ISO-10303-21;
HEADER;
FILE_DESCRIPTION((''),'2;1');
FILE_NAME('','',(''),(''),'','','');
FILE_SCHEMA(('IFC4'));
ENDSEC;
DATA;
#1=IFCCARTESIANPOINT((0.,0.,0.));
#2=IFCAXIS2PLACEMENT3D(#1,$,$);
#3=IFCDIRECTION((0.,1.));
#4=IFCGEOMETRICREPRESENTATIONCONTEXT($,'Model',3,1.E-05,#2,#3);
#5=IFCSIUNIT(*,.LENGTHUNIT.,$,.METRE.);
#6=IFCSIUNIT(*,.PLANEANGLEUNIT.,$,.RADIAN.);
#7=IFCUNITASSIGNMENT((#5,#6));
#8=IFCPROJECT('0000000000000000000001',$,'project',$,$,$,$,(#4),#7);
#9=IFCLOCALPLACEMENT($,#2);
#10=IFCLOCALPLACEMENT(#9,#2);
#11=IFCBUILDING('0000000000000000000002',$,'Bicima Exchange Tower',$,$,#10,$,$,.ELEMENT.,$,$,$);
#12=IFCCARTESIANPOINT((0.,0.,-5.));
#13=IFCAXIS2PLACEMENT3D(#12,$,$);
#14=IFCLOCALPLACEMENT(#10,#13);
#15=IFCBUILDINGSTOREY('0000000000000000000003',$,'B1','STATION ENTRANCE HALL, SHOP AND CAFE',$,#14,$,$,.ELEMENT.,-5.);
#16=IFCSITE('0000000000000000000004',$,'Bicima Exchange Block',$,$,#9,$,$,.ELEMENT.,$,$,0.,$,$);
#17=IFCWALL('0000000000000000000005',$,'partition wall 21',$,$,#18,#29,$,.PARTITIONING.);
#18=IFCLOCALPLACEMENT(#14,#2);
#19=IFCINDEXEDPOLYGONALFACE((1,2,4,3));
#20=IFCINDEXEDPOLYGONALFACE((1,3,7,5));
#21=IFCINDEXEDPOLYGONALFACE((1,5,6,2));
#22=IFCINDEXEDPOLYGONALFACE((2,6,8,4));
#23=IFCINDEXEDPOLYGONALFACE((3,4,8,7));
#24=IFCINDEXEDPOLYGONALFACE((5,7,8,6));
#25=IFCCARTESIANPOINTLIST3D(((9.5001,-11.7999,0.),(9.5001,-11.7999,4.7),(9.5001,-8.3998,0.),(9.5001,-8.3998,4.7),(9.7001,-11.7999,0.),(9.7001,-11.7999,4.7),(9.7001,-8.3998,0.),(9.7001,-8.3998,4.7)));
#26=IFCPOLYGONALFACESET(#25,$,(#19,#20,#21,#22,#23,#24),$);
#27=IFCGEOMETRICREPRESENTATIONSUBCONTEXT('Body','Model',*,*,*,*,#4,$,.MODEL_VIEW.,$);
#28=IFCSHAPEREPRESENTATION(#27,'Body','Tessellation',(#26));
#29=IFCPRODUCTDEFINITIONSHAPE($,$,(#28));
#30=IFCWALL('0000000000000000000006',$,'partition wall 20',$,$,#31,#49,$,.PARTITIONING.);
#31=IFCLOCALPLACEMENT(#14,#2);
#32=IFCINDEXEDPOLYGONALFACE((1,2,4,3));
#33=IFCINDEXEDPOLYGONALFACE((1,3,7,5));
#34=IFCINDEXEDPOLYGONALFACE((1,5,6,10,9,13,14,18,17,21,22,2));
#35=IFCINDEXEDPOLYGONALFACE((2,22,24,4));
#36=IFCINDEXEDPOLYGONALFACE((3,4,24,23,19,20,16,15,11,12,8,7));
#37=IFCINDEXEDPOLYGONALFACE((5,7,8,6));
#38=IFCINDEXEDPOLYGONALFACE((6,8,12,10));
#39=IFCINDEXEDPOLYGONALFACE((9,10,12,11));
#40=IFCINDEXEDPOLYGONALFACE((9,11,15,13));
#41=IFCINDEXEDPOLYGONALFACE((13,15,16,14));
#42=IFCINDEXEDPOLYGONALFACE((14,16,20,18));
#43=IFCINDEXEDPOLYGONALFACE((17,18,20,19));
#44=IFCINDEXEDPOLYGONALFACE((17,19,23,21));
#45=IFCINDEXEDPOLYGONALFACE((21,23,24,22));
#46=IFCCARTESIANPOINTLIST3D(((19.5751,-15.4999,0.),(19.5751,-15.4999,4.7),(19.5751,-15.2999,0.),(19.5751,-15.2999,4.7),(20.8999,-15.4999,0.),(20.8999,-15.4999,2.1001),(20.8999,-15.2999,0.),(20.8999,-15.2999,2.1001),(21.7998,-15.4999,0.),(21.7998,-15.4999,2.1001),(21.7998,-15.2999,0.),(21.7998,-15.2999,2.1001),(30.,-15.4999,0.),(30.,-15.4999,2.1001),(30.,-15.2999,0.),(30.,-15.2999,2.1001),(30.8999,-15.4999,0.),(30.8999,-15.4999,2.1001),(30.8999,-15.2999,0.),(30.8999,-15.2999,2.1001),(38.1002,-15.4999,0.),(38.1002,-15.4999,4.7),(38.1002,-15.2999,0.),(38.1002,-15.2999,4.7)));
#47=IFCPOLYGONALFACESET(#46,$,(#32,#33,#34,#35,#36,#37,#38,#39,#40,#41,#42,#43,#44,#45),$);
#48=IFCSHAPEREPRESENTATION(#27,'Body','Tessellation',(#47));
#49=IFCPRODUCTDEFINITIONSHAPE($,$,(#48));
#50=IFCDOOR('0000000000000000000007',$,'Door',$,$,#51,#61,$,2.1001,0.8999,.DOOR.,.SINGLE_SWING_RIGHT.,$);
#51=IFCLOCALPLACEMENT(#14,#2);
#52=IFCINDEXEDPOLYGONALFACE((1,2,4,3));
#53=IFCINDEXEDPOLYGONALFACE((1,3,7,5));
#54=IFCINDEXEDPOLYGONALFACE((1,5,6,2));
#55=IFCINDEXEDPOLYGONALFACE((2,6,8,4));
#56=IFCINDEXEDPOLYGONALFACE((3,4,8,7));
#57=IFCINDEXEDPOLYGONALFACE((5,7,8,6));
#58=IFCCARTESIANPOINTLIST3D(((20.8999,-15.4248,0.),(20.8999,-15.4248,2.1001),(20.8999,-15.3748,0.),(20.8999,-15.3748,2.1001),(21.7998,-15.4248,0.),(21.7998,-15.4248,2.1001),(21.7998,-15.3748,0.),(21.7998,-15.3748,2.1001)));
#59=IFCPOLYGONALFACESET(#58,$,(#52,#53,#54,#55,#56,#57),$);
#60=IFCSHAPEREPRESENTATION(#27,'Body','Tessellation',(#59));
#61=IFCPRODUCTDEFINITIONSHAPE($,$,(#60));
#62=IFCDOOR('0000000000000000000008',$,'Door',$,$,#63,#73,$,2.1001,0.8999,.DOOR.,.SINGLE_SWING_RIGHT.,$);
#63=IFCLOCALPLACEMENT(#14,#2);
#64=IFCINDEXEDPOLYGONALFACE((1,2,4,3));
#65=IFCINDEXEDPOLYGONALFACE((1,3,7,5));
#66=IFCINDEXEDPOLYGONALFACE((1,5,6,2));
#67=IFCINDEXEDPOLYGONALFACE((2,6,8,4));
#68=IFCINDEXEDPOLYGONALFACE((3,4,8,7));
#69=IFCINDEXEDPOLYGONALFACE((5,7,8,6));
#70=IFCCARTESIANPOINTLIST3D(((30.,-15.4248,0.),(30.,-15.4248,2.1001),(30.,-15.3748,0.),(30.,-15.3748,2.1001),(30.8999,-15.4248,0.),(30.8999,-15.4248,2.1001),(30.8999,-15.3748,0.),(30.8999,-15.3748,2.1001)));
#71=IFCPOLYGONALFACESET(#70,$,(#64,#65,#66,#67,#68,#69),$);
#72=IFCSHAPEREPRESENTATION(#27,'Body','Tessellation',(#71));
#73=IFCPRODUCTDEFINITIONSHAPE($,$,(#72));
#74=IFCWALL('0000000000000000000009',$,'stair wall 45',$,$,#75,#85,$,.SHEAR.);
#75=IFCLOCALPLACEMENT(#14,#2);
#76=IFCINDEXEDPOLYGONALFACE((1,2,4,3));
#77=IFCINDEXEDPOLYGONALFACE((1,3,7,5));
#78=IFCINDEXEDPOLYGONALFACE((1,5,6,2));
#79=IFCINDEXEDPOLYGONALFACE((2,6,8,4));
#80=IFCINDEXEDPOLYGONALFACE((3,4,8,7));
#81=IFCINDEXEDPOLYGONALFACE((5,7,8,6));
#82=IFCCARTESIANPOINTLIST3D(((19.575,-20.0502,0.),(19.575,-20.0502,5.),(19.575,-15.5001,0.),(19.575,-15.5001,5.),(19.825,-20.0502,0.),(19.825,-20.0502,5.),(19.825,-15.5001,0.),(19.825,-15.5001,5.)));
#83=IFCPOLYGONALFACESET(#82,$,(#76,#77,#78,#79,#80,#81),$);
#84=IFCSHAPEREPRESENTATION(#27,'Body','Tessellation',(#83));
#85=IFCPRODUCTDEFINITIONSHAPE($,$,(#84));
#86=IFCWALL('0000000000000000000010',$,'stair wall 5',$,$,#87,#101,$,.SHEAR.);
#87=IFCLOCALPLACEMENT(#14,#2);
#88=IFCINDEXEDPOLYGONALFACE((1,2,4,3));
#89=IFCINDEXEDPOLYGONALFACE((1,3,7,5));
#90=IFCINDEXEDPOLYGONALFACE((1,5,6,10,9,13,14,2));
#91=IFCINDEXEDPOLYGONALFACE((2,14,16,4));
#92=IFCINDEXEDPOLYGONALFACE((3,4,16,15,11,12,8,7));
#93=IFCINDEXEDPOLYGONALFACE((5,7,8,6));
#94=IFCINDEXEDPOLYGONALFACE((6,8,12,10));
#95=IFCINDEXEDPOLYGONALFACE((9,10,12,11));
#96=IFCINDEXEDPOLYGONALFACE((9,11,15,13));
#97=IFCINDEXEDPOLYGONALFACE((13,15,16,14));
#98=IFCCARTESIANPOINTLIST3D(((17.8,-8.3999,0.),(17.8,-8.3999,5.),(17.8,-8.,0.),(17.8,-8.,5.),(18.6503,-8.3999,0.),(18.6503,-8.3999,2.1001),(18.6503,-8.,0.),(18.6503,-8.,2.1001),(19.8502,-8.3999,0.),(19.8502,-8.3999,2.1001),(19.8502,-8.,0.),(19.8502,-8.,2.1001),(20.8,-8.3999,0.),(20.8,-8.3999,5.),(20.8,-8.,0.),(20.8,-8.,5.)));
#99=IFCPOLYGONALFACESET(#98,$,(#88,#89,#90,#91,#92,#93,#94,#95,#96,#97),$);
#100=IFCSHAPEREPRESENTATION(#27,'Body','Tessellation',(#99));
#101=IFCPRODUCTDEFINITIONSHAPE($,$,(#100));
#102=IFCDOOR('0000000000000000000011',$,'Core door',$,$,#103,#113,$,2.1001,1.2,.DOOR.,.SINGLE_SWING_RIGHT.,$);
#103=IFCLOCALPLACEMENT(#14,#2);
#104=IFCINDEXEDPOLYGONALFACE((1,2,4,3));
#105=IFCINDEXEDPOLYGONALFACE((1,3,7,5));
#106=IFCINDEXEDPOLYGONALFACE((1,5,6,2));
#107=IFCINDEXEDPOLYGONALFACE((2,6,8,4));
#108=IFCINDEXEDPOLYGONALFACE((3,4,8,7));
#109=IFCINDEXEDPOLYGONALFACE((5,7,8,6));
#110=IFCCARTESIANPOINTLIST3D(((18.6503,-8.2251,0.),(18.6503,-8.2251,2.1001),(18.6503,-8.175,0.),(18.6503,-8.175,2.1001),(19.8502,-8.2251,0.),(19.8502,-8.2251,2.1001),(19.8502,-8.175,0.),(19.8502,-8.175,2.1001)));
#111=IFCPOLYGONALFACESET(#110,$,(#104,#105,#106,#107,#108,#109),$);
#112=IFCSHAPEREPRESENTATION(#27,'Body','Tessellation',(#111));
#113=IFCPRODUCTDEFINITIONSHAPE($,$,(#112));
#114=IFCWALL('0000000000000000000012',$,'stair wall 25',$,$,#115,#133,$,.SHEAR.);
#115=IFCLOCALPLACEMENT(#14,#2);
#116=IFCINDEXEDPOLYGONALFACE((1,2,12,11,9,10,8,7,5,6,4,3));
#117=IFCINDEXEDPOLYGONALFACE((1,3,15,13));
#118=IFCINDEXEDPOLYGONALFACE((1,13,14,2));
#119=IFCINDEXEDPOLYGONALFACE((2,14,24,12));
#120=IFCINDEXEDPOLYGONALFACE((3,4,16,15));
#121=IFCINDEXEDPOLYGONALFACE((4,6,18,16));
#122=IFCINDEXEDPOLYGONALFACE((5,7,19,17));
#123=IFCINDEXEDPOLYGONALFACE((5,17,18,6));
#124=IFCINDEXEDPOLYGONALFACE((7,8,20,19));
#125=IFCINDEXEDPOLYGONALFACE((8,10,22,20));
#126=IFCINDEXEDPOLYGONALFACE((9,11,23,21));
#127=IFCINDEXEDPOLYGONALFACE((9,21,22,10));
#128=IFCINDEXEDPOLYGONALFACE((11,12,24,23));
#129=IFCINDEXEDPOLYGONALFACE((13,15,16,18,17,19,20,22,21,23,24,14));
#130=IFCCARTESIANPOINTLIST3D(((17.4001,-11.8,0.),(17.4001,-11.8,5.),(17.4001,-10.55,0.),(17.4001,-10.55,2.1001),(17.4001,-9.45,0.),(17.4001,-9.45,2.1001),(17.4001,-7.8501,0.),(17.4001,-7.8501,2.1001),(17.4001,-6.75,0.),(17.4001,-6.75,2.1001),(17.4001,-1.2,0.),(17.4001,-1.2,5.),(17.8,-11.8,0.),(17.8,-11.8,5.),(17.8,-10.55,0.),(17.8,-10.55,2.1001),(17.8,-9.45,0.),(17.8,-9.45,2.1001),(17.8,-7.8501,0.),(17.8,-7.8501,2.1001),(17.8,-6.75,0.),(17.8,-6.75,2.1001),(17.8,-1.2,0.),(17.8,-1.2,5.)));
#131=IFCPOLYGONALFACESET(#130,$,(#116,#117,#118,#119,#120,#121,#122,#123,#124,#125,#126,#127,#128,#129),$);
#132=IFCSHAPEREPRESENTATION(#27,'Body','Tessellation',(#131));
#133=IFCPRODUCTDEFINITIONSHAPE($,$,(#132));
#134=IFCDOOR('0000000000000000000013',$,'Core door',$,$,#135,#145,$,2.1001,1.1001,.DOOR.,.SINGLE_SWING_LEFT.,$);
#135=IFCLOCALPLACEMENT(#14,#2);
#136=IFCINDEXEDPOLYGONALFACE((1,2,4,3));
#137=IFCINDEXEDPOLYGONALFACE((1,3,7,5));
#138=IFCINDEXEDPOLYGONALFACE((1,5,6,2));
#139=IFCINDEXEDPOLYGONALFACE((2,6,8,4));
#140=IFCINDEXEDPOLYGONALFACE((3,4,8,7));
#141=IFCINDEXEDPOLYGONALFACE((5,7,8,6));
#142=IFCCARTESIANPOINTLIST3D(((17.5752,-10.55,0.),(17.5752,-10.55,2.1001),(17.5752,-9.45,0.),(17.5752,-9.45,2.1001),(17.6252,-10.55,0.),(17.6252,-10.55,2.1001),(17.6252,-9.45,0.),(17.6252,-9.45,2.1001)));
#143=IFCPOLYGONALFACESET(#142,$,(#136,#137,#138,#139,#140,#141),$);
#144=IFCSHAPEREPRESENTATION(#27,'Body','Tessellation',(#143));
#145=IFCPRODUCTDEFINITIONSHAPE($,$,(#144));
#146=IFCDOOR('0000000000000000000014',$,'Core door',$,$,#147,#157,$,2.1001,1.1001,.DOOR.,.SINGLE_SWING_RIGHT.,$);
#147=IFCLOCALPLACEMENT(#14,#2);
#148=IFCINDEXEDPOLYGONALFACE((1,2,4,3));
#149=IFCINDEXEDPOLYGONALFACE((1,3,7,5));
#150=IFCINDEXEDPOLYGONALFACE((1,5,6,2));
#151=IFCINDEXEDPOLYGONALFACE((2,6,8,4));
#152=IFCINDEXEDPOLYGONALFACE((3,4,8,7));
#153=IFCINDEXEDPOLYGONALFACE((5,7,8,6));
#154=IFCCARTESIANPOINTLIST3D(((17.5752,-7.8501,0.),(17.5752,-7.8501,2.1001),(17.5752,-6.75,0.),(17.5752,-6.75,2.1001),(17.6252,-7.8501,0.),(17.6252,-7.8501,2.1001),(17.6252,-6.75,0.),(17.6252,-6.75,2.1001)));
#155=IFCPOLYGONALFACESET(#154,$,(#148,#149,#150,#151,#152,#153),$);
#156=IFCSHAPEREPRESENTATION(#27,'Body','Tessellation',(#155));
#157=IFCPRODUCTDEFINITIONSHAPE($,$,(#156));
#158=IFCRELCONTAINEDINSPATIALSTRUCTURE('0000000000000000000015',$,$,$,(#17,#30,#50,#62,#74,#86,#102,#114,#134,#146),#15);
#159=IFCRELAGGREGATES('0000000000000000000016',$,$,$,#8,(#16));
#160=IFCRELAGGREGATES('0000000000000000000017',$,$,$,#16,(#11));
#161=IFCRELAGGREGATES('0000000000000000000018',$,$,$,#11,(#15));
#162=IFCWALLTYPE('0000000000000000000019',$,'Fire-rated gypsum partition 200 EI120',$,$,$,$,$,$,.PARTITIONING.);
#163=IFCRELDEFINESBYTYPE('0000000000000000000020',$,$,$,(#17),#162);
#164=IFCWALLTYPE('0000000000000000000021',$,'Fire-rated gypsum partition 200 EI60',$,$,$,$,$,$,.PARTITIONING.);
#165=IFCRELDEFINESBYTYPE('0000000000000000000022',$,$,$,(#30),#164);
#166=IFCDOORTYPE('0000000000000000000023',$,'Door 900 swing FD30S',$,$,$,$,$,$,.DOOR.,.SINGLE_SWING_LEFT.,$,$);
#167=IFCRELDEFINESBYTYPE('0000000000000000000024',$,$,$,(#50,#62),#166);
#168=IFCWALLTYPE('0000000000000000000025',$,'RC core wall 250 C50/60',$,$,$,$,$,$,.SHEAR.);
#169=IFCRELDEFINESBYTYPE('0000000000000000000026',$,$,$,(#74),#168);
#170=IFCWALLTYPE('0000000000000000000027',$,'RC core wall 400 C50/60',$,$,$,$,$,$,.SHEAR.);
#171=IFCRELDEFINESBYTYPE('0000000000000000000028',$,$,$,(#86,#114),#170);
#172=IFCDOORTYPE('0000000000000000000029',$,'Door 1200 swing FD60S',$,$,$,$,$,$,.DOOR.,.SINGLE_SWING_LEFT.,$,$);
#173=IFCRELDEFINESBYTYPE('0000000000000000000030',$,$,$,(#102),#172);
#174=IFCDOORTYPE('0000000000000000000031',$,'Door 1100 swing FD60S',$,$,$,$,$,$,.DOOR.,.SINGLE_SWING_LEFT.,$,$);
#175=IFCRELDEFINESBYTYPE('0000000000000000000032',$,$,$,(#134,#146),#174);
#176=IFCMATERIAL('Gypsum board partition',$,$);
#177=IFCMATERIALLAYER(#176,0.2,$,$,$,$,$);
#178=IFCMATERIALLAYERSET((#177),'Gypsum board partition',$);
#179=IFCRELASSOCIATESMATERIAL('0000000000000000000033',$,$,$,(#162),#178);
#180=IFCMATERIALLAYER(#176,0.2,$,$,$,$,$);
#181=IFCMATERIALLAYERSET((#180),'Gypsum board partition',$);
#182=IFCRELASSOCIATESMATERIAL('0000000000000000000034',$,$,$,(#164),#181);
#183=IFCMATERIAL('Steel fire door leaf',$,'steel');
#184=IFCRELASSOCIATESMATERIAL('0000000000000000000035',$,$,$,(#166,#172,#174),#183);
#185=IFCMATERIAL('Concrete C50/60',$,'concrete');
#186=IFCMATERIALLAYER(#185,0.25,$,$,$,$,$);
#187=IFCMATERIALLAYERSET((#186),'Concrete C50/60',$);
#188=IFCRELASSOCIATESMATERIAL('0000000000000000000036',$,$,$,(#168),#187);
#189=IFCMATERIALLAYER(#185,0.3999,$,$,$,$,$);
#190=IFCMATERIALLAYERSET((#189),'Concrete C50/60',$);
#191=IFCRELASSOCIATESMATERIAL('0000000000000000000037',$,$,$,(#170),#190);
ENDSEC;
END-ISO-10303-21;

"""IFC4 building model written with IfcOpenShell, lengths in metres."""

from ifc_helpers import new_model, si_unit, direction, frame, frame_2d, origin, place, context, subcontext, project, spatial, rectangle, extrude, material, layer, layer_set, type_object, element, fill, save


model = new_model("IFC4")

# Units and contexts
model_context = context("Model", 3, precision=1e-05, world=origin(), true_north=direction((0.0, 1.0)))
body_context = subcontext(model_context, "Body", "Model", "MODEL_VIEW")
ifc_project = project(units=[si_unit("LENGTHUNIT", "METRE"), si_unit("PLANEANGLEUNIT", "RADIAN")], contexts=[model_context])

# Site, building, storey
site_placement = place(None, origin())
site = spatial("IfcSite", under=ifc_project, at=site_placement, Name="Bicima Exchange Block", CompositionType="ELEMENT", RefElevation=0.0)
building_placement = place(site_placement, origin())
building = spatial("IfcBuilding", under=site, at=building_placement, Name="Bicima Exchange Tower", CompositionType="ELEMENT")
storey_placement = place(building_placement, frame((0.0, 0.0, -5.0)))
storey = spatial("IfcBuildingStorey", under=building, at=storey_placement, Name="B1", Description="STATION ENTRANCE HALL, SHOP AND CAFE", CompositionType="ELEMENT", Elevation=-5.0)

# Wall
ifc_material_1 = material(Name="Gypsum board partition")
ifc_layer_1 = layer(ifc_material_1, 0.2)
ifc_layer_set_1 = layer_set([ifc_layer_1], Name="Gypsum board partition")
wall_type_1 = type_object("IfcWallType", Name="Fire-rated gypsum partition 200 EI120", PredefinedType="PARTITIONING", material=ifc_layer_set_1)
wall_1_placement = place(storey_placement, frame((9.6001, -11.8, 0.0), z_axis=(0.0, 0.0, 1.0), x_axis=(0.0, 1.0, 0.0)))
element("IfcWall", 1, at=wall_1_placement, inside=storey, type_object=wall_type_1, Name="partition wall 21", PredefinedType="PARTITIONING", context=body_context, shape_type="SweptSolid", body=[
    extrude(rectangle(XDim=3.4001, YDim=0.2, at=frame_2d((1.7002, 0.0))), origin(), (0.0, 0.0, 1.0), 4.7),
])

# Wall, openings, doors
ifc_layer_2 = layer(ifc_material_1, 0.2)
ifc_layer_set_2 = layer_set([ifc_layer_2], Name="Gypsum board partition")
wall_type_2 = type_object("IfcWallType", Name="Fire-rated gypsum partition 200 EI60", PredefinedType="PARTITIONING", material=ifc_layer_set_2)
wall_2_placement = place(storey_placement, frame((19.575, -15.3999, 0.0), z_axis=(0.0, 0.0, 1.0), x_axis=(1.0, 0.0, 0.0)))
wall_2 = element("IfcWall", 2, at=wall_2_placement, inside=storey, type_object=wall_type_2, Name="partition wall 20", PredefinedType="PARTITIONING", context=body_context, shape_type="SweptSolid", body=[
    extrude(rectangle(XDim=18.5251, YDim=0.2, at=frame_2d((9.2627, 0.0))), origin(), (0.0, 0.0, 1.0), 4.7),
])
opening_1_placement = place(wall_2_placement, frame((1.325, 0.0, 0.0)))
opening_1 = element("IfcOpeningElement", 3, at=opening_1_placement, cuts=wall_2, PredefinedType="OPENING", context=body_context, shape_type="SweptSolid", body=[
    extrude(rectangle(XDim=0.8999, YDim=2.1001, at=frame_2d((0.45, 1.05))), frame((0.0, 0.1118, 0.0), z_axis=(0.0, -1.0, 0.0), x_axis=(1.0, 0.0, 0.0)), (0.0, 0.0, 1.0), 0.2239),
])
opening_2_placement = place(wall_2_placement, frame((10.425, 0.0, 0.0)))
opening_2 = element("IfcOpeningElement", 4, at=opening_2_placement, cuts=wall_2, PredefinedType="OPENING", context=body_context, shape_type="SweptSolid", body=[
    extrude(rectangle(XDim=0.8999, YDim=2.1001, at=frame_2d((0.45, 1.05))), frame((0.0, 0.1118, 0.0), z_axis=(0.0, -1.0, 0.0), x_axis=(1.0, 0.0, 0.0)), (0.0, 0.0, 1.0), 0.2239),
])
ifc_material_2 = material(Name="Steel fire door leaf", Category="steel")
door_type_1 = type_object("IfcDoorType", Name="Door 900 swing FD30S", OperationType="SINGLE_SWING_LEFT", PredefinedType="DOOR", material=ifc_material_2)
door_1_placement = place(opening_1_placement, frame((0.8999, 0.0, 0.0), z_axis=(0.0, 0.0, 1.0), x_axis=(-1.0, 0.0, 0.0)))
door_1 = element("IfcDoor", 5, at=door_1_placement, inside=storey, type_object=door_type_1, Name="Door", OperationType="SINGLE_SWING_RIGHT", OverallHeight=2.1001, OverallWidth=0.8999, PredefinedType="DOOR", context=body_context, shape_type="SweptSolid", body=[
    extrude(rectangle(XDim=0.8999, YDim=2.1001, at=frame_2d((0.45, 1.05))), frame((0.0, 0.0249, 0.0), z_axis=(0.0, -1.0, 0.0), x_axis=(1.0, 0.0, 0.0)), (0.0, 0.0, 1.0), 0.05),
])
fill(opening_1, door_1)
door_2_placement = place(opening_2_placement, frame((0.8999, 0.0, 0.0), z_axis=(0.0, 0.0, 1.0), x_axis=(-1.0, 0.0, 0.0)))
door_2 = element("IfcDoor", 6, at=door_2_placement, inside=storey, type_object=door_type_1, Name="Door", OperationType="SINGLE_SWING_RIGHT", OverallHeight=2.1001, OverallWidth=0.8999, PredefinedType="DOOR", context=body_context, shape_type="SweptSolid", body=[
    extrude(rectangle(XDim=0.8999, YDim=2.1001, at=frame_2d((0.45, 1.05))), frame((0.0, 0.0249, 0.0), z_axis=(0.0, -1.0, 0.0), x_axis=(1.0, 0.0, 0.0)), (0.0, 0.0, 1.0), 0.05),
])
fill(opening_2, door_2)

# Wall
ifc_material_3 = material(Name="Concrete C50/60", Category="concrete")
ifc_layer_3 = layer(ifc_material_3, 0.25)
ifc_layer_set_3 = layer_set([ifc_layer_3], Name="Concrete C50/60")
wall_type_3 = type_object("IfcWallType", Name="RC core wall 250 C50/60", PredefinedType="SHEAR", material=ifc_layer_set_3)
wall_3_placement = place(storey_placement, frame((19.7, -20.05, 0.0), z_axis=(0.0, 0.0, 1.0), x_axis=(0.0, 1.0, 0.0)))
element("IfcWall", 7, at=wall_3_placement, inside=storey, type_object=wall_type_3, Name="stair wall 45", PredefinedType="SHEAR", context=body_context, shape_type="SweptSolid", body=[
    extrude(rectangle(XDim=4.55, YDim=0.25, at=frame_2d((2.2749, 0.0))), origin(), (0.0, 0.0, 1.0), 5.0),
])

# Wall, opening, door
ifc_layer_4 = layer(ifc_material_3, 0.3999)
ifc_layer_set_4 = layer_set([ifc_layer_4], Name="Concrete C50/60")
wall_type_4 = type_object("IfcWallType", Name="RC core wall 400 C50/60", PredefinedType="SHEAR", material=ifc_layer_set_4)
wall_4_placement = place(storey_placement, frame((17.8, -8.2, 0.0), z_axis=(0.0, 0.0, 1.0), x_axis=(1.0, 0.0, 0.0)))
wall_4 = element("IfcWall", 8, at=wall_4_placement, inside=storey, type_object=wall_type_4, Name="stair wall 5", PredefinedType="SHEAR", context=body_context, shape_type="SweptSolid", body=[
    extrude(rectangle(XDim=3.0, YDim=0.3999, at=frame_2d((1.5, 0.0))), origin(), (0.0, 0.0, 1.0), 5.0),
])
opening_3_placement = place(wall_4_placement, frame((0.8501, 0.0, 0.0)))
opening_3 = element("IfcOpeningElement", 9, at=opening_3_placement, cuts=wall_4, PredefinedType="OPENING", context=body_context, shape_type="SweptSolid", body=[
    extrude(rectangle(XDim=1.2, YDim=2.1001, at=frame_2d((0.6001, 1.05))), frame((0.0, 0.2119, 0.0), z_axis=(0.0, -1.0, 0.0), x_axis=(1.0, 0.0, 0.0)), (0.0, 0.0, 1.0), 0.4238),
])
door_type_2 = type_object("IfcDoorType", Name="Door 1200 swing FD60S", OperationType="SINGLE_SWING_LEFT", PredefinedType="DOOR", material=ifc_material_2)
door_3_placement = place(opening_3_placement, origin())
door_3 = element("IfcDoor", 10, at=door_3_placement, inside=storey, type_object=door_type_2, Name="Core door", OperationType="SINGLE_SWING_RIGHT", OverallHeight=2.1001, OverallWidth=1.2, PredefinedType="DOOR", context=body_context, shape_type="SweptSolid", body=[
    extrude(rectangle(XDim=1.2, YDim=2.1001, at=frame_2d((0.6001, 1.05))), frame((0.0, 0.0249, 0.0), z_axis=(0.0, -1.0, 0.0), x_axis=(1.0, 0.0, 0.0)), (0.0, 0.0, 1.0), 0.05),
])
fill(opening_3, door_3)

# Wall, openings, doors
wall_5_placement = place(storey_placement, frame((17.6001, -11.8, 0.0), z_axis=(0.0, 0.0, 1.0), x_axis=(0.0, 1.0, 0.0)))
wall_5 = element("IfcWall", 11, at=wall_5_placement, inside=storey, type_object=wall_type_4, Name="stair wall 25", PredefinedType="SHEAR", context=body_context, shape_type="SweptSolid", body=[
    extrude(rectangle(XDim=10.6001, YDim=0.3999, at=frame_2d((5.3, 0.0))), origin(), (0.0, 0.0, 1.0), 5.0),
])
opening_4_placement = place(wall_5_placement, frame((1.25, 0.0, 0.0)))
opening_4 = element("IfcOpeningElement", 12, at=opening_4_placement, cuts=wall_5, PredefinedType="OPENING", context=body_context, shape_type="SweptSolid", body=[
    extrude(rectangle(XDim=1.1001, YDim=2.1001, at=frame_2d((0.55, 1.05))), frame((0.0, 0.2119, 0.0), z_axis=(0.0, -1.0, 0.0), x_axis=(1.0, 0.0, 0.0)), (0.0, 0.0, 1.0), 0.4238),
])
opening_5_placement = place(wall_5_placement, frame((3.95, 0.0, 0.0)))
opening_5 = element("IfcOpeningElement", 13, at=opening_5_placement, cuts=wall_5, PredefinedType="OPENING", context=body_context, shape_type="SweptSolid", body=[
    extrude(rectangle(XDim=1.1001, YDim=2.1001, at=frame_2d((0.55, 1.05))), frame((0.0, 0.2119, 0.0), z_axis=(0.0, -1.0, 0.0), x_axis=(1.0, 0.0, 0.0)), (0.0, 0.0, 1.0), 0.4238),
])
door_type_3 = type_object("IfcDoorType", Name="Door 1100 swing FD60S", OperationType="SINGLE_SWING_LEFT", PredefinedType="DOOR", material=ifc_material_2)
door_4_placement = place(opening_4_placement, origin())
door_4 = element("IfcDoor", 14, at=door_4_placement, inside=storey, type_object=door_type_3, Name="Core door", OperationType="SINGLE_SWING_LEFT", OverallHeight=2.1001, OverallWidth=1.1001, PredefinedType="DOOR", context=body_context, shape_type="SweptSolid", body=[
    extrude(rectangle(XDim=1.1001, YDim=2.1001, at=frame_2d((0.55, 1.05))), frame((0.0, 0.0249, 0.0), z_axis=(0.0, -1.0, 0.0), x_axis=(1.0, 0.0, 0.0)), (0.0, 0.0, 1.0), 0.05),
])
fill(opening_4, door_4)
door_5_placement = place(opening_5_placement, origin())
door_5 = element("IfcDoor", 15, at=door_5_placement, inside=storey, type_object=door_type_3, Name="Core door", OperationType="SINGLE_SWING_RIGHT", OverallHeight=2.1001, OverallWidth=1.1001, PredefinedType="DOOR", context=body_context, shape_type="SweptSolid", body=[
    extrude(rectangle(XDim=1.1001, YDim=2.1001, at=frame_2d((0.55, 1.05))), frame((0.0, 0.0249, 0.0), z_axis=(0.0, -1.0, 0.0), x_axis=(1.0, 0.0, 0.0)), (0.0, 0.0, 1.0), 0.05),
])
fill(opening_5, door_5)

save(model, "model.ifc")
